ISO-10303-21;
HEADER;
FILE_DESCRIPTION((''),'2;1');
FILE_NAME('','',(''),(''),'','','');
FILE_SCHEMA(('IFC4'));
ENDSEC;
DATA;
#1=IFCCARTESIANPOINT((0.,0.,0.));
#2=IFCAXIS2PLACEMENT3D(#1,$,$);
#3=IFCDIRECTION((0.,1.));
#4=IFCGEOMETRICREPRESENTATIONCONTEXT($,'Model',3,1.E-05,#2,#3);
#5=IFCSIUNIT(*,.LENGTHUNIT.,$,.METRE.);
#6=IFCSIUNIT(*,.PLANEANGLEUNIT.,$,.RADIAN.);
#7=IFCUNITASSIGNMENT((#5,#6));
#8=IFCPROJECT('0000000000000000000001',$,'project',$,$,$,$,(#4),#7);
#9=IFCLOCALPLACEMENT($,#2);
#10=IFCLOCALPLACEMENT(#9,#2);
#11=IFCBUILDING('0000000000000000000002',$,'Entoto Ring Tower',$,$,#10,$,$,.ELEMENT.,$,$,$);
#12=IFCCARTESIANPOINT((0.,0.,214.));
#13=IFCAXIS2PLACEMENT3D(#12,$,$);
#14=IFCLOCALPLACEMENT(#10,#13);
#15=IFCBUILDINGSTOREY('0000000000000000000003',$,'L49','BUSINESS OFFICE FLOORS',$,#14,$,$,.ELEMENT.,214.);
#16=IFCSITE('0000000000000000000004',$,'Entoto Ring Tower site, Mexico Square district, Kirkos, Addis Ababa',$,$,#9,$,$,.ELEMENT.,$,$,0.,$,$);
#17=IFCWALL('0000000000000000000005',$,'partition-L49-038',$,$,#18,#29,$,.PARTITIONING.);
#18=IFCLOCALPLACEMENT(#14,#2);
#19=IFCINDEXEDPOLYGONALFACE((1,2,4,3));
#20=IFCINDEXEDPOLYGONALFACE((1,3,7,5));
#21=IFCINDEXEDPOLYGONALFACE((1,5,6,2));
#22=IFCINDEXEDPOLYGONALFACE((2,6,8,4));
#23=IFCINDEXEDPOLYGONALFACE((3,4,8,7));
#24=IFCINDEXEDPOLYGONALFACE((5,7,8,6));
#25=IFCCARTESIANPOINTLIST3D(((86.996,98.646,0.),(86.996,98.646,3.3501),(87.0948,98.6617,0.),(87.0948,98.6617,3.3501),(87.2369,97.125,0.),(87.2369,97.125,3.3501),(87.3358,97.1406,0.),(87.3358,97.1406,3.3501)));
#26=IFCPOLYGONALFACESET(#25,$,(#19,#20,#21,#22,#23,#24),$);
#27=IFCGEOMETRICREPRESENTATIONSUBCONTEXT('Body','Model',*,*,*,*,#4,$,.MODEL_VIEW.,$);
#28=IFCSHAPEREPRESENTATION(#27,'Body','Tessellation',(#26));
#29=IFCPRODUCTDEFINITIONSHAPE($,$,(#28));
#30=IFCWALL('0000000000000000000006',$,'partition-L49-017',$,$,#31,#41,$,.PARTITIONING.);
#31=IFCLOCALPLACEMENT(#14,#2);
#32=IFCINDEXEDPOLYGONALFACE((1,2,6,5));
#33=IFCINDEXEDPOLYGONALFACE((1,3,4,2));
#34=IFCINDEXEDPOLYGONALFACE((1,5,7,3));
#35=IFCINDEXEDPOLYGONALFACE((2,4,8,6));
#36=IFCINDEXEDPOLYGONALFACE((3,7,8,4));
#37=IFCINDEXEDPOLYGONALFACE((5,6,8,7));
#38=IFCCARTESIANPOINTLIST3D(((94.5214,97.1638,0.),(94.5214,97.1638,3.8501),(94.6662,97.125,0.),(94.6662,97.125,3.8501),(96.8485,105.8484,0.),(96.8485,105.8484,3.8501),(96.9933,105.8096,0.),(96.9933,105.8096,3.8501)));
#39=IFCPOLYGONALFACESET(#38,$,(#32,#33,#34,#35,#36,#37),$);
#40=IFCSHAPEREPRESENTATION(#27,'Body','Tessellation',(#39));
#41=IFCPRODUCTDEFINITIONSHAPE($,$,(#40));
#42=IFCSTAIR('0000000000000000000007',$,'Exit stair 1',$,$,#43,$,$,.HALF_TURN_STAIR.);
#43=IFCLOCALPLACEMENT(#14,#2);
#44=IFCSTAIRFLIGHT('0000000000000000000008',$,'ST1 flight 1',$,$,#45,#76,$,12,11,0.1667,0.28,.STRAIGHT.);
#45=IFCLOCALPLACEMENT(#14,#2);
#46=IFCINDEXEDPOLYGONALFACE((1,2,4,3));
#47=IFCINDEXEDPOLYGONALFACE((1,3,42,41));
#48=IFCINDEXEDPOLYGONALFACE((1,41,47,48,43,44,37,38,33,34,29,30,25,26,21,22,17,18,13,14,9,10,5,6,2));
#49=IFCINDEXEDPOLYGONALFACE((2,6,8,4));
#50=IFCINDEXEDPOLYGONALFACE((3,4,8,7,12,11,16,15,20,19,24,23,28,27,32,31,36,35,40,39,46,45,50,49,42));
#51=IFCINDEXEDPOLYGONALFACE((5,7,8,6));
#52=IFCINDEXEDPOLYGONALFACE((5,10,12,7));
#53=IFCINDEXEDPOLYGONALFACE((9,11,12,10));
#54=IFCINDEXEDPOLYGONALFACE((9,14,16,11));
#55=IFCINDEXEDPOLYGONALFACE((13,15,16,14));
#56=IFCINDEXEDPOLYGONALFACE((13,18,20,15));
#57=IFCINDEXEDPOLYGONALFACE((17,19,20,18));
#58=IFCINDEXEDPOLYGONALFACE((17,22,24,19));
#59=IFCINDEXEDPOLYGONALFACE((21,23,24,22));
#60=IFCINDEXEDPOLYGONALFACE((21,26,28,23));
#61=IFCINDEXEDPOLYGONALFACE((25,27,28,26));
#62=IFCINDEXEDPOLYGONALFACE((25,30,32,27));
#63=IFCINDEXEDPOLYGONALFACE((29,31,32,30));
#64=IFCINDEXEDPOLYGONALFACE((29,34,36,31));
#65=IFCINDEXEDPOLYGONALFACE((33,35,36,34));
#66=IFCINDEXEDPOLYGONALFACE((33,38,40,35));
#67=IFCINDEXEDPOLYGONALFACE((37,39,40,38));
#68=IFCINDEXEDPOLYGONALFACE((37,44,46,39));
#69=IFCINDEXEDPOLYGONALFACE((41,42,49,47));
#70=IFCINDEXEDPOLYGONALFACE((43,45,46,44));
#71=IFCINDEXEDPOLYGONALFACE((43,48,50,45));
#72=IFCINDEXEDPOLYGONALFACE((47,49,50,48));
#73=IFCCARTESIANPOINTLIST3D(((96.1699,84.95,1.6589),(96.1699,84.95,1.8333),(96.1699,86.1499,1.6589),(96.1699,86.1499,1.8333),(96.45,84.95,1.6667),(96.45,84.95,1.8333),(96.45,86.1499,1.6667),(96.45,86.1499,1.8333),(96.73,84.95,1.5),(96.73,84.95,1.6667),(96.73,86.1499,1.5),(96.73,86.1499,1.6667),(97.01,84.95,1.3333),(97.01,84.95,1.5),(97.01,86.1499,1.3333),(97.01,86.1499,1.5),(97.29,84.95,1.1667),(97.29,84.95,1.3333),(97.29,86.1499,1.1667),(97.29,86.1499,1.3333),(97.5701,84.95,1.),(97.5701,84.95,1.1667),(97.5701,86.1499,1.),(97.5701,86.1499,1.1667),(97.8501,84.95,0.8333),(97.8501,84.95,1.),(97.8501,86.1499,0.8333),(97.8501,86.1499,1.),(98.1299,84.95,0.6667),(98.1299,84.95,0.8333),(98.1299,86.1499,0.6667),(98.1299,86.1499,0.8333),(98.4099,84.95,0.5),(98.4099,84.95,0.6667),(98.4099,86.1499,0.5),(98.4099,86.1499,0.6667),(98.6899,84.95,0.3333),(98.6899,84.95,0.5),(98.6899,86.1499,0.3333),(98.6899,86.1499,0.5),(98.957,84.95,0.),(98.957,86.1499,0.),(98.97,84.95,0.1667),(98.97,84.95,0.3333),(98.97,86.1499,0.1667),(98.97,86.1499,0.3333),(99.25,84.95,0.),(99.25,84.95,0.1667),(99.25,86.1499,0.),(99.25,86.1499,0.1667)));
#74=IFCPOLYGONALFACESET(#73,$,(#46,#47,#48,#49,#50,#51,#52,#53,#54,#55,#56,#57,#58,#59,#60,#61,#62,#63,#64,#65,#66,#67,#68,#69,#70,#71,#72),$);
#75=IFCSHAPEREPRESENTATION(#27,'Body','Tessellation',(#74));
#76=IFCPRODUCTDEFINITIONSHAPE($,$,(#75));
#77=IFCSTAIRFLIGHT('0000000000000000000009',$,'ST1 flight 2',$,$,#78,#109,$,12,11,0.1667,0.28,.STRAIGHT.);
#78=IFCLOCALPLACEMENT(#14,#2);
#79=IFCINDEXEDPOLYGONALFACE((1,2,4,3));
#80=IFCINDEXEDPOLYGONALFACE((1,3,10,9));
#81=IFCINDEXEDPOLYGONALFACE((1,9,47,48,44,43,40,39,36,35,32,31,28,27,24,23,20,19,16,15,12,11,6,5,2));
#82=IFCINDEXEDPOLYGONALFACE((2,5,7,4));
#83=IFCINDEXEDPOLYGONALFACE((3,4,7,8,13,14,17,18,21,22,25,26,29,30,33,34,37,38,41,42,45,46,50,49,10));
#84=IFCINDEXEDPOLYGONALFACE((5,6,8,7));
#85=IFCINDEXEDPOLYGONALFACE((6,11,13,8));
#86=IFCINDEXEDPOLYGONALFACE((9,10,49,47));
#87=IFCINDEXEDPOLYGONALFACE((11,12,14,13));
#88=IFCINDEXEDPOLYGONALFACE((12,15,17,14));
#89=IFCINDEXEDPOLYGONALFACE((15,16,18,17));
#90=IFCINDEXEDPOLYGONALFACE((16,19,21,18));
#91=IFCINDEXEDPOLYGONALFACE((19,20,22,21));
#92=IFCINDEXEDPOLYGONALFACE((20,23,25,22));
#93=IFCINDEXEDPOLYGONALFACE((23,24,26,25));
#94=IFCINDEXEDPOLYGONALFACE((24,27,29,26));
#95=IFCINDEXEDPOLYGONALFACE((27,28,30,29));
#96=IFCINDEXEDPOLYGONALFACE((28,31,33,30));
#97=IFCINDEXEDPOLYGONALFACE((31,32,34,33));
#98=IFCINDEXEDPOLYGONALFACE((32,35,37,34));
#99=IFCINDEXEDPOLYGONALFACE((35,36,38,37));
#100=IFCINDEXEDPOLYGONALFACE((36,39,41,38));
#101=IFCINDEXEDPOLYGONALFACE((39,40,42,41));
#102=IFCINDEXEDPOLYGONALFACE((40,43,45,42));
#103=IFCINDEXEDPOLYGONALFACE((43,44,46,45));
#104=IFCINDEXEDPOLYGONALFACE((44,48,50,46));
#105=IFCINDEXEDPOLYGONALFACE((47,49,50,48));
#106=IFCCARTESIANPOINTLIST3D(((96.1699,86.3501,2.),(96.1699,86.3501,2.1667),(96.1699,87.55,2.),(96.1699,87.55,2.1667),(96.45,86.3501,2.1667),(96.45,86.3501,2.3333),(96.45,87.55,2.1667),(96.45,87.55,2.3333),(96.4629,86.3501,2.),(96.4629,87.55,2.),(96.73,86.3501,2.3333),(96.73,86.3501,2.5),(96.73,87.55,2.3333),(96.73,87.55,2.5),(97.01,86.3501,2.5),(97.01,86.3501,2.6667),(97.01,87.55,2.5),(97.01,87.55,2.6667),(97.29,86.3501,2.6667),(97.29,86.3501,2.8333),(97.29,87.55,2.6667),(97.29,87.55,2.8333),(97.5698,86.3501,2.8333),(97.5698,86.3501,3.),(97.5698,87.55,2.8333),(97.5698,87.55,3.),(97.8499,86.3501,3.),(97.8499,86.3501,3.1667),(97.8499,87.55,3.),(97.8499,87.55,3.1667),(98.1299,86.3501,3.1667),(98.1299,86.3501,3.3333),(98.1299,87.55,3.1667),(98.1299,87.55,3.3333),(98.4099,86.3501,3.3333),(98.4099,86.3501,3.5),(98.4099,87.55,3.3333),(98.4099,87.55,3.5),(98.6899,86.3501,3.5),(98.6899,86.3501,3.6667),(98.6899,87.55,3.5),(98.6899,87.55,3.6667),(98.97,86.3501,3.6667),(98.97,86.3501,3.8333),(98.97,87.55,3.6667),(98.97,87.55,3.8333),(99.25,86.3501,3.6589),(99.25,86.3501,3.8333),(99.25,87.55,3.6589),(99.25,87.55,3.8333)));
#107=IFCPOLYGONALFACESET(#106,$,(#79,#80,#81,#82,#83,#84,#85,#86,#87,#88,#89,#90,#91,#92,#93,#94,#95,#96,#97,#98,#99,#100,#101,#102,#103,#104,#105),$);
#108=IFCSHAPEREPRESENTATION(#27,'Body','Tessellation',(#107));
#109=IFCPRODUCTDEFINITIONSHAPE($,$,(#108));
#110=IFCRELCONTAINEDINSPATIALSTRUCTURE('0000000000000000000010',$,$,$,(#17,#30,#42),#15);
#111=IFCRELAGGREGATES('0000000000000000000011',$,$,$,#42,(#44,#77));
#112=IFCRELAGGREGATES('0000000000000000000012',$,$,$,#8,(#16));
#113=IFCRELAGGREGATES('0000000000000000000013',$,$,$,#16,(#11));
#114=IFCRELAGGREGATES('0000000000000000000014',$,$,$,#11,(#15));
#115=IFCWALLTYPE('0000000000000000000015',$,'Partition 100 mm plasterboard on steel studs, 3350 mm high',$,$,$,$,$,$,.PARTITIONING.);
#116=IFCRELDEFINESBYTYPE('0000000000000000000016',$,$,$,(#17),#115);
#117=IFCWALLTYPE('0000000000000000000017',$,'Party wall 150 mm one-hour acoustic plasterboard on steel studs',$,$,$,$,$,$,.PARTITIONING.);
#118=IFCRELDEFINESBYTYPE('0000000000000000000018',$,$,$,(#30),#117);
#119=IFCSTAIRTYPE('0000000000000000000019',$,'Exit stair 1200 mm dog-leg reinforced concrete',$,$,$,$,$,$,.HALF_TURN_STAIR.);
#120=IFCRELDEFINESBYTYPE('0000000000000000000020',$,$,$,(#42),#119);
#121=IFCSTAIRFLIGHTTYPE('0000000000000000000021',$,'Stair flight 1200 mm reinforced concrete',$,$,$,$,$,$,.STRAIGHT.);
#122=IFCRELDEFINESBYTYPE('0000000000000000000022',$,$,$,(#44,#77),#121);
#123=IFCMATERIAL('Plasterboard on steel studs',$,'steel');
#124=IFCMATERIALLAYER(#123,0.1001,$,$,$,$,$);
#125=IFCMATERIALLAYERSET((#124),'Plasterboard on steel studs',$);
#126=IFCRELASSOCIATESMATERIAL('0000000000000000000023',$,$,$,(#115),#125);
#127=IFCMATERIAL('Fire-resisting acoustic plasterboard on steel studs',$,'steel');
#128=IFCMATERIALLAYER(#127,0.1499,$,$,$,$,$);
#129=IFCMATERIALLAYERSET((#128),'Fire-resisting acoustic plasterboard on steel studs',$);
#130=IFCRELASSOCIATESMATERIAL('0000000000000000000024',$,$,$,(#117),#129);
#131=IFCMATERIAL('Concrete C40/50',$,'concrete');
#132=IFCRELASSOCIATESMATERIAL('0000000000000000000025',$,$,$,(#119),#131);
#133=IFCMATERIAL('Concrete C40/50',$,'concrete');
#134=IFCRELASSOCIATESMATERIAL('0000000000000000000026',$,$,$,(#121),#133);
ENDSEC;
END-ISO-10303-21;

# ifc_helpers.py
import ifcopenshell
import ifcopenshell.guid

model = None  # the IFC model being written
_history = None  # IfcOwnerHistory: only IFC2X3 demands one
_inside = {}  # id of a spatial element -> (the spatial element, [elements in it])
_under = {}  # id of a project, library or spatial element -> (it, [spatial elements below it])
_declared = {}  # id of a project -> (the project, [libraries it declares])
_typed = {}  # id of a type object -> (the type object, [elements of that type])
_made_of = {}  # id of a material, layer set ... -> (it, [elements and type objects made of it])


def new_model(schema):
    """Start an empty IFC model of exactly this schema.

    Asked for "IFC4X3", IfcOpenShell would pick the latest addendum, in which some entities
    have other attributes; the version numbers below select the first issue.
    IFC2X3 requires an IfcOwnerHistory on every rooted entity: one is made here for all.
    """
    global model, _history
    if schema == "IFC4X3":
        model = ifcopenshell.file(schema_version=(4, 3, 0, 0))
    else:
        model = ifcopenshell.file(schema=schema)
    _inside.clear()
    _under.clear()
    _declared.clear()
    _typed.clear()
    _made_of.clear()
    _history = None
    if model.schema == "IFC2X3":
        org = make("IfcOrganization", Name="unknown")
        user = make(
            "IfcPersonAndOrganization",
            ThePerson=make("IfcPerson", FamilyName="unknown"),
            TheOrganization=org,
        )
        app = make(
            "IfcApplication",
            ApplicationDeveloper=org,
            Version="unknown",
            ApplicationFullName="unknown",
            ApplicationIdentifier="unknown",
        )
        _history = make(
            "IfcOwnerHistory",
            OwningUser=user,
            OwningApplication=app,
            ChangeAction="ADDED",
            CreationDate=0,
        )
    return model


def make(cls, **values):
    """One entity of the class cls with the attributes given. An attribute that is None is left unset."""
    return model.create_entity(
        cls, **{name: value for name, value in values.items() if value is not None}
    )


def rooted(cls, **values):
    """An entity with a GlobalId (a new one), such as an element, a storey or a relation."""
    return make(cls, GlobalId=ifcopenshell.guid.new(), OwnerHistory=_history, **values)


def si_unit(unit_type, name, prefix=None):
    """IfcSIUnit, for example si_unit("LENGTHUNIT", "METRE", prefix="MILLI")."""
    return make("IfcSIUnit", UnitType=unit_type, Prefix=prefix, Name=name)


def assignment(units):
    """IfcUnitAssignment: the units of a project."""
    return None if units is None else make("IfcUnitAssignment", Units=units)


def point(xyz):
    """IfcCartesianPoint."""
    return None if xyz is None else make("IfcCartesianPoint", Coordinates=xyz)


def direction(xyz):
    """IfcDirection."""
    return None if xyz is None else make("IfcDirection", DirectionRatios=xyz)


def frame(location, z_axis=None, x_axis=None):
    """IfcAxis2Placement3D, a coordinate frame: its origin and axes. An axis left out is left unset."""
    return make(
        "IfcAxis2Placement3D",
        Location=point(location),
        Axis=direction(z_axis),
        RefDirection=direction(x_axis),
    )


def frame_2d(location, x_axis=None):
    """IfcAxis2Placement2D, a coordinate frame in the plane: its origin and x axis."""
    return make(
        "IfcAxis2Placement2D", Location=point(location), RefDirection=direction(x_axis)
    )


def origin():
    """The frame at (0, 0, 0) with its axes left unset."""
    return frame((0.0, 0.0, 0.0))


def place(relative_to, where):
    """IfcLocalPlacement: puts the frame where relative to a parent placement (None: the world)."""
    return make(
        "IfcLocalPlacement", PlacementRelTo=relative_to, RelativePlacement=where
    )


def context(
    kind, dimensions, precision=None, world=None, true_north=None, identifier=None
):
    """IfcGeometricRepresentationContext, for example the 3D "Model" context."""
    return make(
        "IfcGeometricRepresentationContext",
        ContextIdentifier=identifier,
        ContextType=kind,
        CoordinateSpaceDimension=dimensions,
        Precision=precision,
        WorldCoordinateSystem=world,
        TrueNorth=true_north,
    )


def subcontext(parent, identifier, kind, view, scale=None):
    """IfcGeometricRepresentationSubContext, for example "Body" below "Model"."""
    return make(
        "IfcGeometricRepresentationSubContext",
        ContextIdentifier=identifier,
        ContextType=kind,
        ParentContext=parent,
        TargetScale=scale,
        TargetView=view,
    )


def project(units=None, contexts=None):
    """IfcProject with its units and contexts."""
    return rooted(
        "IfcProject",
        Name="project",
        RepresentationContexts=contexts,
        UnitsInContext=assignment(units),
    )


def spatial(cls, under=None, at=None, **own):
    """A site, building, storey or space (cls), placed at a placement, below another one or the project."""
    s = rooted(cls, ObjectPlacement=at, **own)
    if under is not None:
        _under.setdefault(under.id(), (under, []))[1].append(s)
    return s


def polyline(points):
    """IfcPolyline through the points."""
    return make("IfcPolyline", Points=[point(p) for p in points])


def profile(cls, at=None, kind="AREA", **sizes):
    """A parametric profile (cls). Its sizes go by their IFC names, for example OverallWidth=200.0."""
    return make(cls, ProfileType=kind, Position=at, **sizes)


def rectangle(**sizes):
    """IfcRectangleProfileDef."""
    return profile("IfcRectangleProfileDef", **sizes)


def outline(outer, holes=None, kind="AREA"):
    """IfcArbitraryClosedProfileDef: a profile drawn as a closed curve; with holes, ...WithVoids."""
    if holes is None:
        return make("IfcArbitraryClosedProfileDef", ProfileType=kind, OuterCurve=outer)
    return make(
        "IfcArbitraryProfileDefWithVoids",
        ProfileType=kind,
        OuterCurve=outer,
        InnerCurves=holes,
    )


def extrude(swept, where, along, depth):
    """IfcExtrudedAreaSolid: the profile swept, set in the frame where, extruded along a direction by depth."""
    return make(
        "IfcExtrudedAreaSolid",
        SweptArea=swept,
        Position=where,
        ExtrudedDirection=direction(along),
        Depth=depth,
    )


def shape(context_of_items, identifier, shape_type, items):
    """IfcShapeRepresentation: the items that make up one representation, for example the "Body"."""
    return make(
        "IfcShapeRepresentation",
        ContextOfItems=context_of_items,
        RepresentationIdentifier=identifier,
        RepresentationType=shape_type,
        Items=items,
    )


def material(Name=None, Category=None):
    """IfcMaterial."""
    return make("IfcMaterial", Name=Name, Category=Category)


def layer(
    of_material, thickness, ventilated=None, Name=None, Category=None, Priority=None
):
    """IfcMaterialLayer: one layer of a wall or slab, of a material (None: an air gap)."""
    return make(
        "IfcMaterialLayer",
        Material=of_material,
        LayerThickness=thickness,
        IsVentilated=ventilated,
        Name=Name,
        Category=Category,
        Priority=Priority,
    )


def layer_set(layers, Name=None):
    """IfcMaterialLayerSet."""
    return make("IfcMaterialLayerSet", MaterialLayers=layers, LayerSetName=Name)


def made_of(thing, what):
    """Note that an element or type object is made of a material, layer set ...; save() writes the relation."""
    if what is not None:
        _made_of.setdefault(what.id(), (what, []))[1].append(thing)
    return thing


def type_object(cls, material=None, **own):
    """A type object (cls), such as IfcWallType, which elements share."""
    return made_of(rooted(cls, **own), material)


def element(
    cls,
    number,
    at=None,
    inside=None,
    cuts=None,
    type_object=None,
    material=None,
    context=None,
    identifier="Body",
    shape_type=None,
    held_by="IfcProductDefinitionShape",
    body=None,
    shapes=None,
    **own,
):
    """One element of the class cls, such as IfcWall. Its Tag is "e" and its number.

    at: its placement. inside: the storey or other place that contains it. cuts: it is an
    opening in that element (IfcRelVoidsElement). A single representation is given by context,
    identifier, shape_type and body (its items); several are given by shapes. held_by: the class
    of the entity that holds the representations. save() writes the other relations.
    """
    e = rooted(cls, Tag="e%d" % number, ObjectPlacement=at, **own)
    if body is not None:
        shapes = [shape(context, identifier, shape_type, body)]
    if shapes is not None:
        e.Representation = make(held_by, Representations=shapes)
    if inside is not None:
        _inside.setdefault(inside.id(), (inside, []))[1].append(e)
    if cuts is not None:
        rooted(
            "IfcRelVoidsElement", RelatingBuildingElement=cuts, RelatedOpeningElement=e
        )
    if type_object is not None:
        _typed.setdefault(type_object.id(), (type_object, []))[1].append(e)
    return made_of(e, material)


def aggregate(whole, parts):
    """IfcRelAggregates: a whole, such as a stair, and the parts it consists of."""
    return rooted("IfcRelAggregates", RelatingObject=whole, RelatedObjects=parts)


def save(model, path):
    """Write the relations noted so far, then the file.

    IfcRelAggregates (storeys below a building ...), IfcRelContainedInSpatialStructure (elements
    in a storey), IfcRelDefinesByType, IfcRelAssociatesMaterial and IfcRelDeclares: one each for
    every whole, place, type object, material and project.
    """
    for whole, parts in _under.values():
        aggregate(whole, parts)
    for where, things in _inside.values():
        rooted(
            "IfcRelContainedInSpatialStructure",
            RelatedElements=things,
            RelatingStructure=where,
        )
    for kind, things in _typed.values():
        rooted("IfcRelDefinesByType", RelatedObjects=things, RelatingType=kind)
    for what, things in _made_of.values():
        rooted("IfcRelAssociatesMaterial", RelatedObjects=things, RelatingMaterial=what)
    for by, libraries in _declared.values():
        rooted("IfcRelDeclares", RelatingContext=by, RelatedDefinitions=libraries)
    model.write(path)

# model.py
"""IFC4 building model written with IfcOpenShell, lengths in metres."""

from ifc_helpers import new_model, si_unit, direction, frame, frame_2d, origin, place, context, subcontext, project, spatial, polyline, rectangle, outline, extrude, material, layer, layer_set, type_object, element, aggregate, save


model = new_model("IFC4")

# Units and contexts
model_context = context("Model", 3, precision=1e-05, world=origin(), true_north=direction((0.0, 1.0)))
body_context = subcontext(model_context, "Body", "Model", "MODEL_VIEW")
ifc_project = project(units=[si_unit("LENGTHUNIT", "METRE"), si_unit("PLANEANGLEUNIT", "RADIAN")], contexts=[model_context])

# Site, building, storey
site_placement = place(None, origin())
site = spatial("IfcSite", under=ifc_project, at=site_placement, Name="Entoto Ring Tower site, Mexico Square district, Kirkos, Addis Ababa", CompositionType="ELEMENT", RefElevation=0.0)
building_placement = place(site_placement, origin())
building = spatial("IfcBuilding", under=site, at=building_placement, Name="Entoto Ring Tower", CompositionType="ELEMENT")
storey_placement = place(building_placement, frame((0.0, 0.0, 214.0)))
storey = spatial("IfcBuildingStorey", under=building, at=storey_placement, Name="L49", Description="BUSINESS OFFICE FLOORS", CompositionType="ELEMENT", Elevation=214.0)

# Walls
ifc_material_1 = material(Name="Plasterboard on steel studs", Category="steel")
ifc_layer_1 = layer(ifc_material_1, 0.1001)
ifc_layer_set_1 = layer_set([ifc_layer_1], Name="Plasterboard on steel studs")
wall_type_1 = type_object("IfcWallType", Name="Partition 100 mm plasterboard on steel studs, 3350 mm high", PredefinedType="PARTITIONING", material=ifc_layer_set_1)
wall_1_placement = place(storey_placement, frame((87.2864, 97.1328, 0.0), z_axis=(0.0, 0.0, 1.0), x_axis=(-0.156475, 0.987682, 0.0)))
element("IfcWall", 1, at=wall_1_placement, inside=storey, type_object=wall_type_1, Name="partition-L49-038", PredefinedType="PARTITIONING", context=body_context, shape_type="SweptSolid", body=[
    extrude(rectangle(XDim=1.54, YDim=0.1001, at=frame_2d((0.77, 0.0))), origin(), (0.0, 0.0, 1.0), 3.3501),
])
ifc_material_2 = material(Name="Fire-resisting acoustic plasterboard on steel studs", Category="steel")
ifc_layer_2 = layer(ifc_material_2, 0.1499)
ifc_layer_set_2 = layer_set([ifc_layer_2], Name="Fire-resisting acoustic plasterboard on steel studs")
wall_type_2 = type_object("IfcWallType", Name="Party wall 150 mm one-hour acoustic plasterboard on steel studs", PredefinedType="PARTITIONING", material=ifc_layer_set_2)
wall_2_placement = place(storey_placement, frame((94.5938, 97.1443, 0.0), z_axis=(0.0, 0.0, 1.0), x_axis=(0.258832, 0.965922, 0.0)))
element("IfcWall", 2, at=wall_2_placement, inside=storey, type_object=wall_type_2, Name="partition-L49-017", PredefinedType="PARTITIONING", context=body_context, shape_type="SweptSolid", body=[
    extrude(rectangle(XDim=8.991, YDim=0.1499, at=frame_2d((4.4956, 0.0))), origin(), (0.0, 0.0, 1.0), 3.8501),
])

# Stair, stair flights
ifc_material_3 = material(Name="Concrete C40/50", Category="concrete")
stair_type = type_object("IfcStairType", Name="Exit stair 1200 mm dog-leg reinforced concrete", PredefinedType="HALF_TURN_STAIR", material=ifc_material_3)
stair_placement = place(storey_placement, origin())
stair = element("IfcStair", 3, at=stair_placement, inside=storey, type_object=stair_type, Name="Exit stair 1", PredefinedType="HALF_TURN_STAIR")
ifc_material_4 = material(Name="Concrete C40/50", Category="concrete")
stair_flight_type = type_object("IfcStairFlightType", Name="Stair flight 1200 mm reinforced concrete", PredefinedType="STRAIGHT", material=ifc_material_4)
stair_flight_1_placement = place(storey_placement, frame((99.25, 85.55, 0.0), z_axis=(0.0, 0.0, 1.0), x_axis=(-1.0, 0.0, 0.0)))
stair_flight_1 = element("IfcStairFlight", 4, at=stair_flight_1_placement, type_object=stair_flight_type, Name="ST1 flight 1", NumberOfRisers=12, NumberOfTreads=11, PredefinedType="STRAIGHT", RiserHeight=0.1667, TreadLength=0.28, context=body_context, shape_type="SweptSolid", body=[
    extrude(outline(polyline([(0.0, 0.0), (0.0, 0.1667), (0.28, 0.1667), (0.28, 0.3333), (0.5601, 0.3333), (0.5601, 0.5), (0.8401, 0.5), (0.8401, 0.6667), (1.1201, 0.6667), (1.1201, 0.8333), (1.3999, 0.8333), (1.3999, 1.0), (1.6799, 1.0), (1.6799, 1.1667), (1.96, 1.1667), (1.96, 1.3333), (2.24, 1.3333), (2.24, 1.5), (2.52, 1.5), (2.52, 1.6667), (2.8, 1.6667), (2.8, 1.8333), (3.0801, 1.8333), (3.0801, 2.0), (3.0801, 1.6589), (0.293, 0.0), (0.0, 0.0)])), frame((0.0, 0.6001, 0.0), z_axis=(0.0, -1.0, 0.0), x_axis=(1.0, 0.0, 0.0)), (0.0, 0.0, 1.0), 1.2),
])
stair_flight_2_placement = place(storey_placement, frame((96.1699, 86.95, 2.0), z_axis=(0.0, 0.0, 1.0), x_axis=(1.0, 0.0, 0.0)))
stair_flight_2 = element("IfcStairFlight", 5, at=stair_flight_2_placement, type_object=stair_flight_type, Name="ST1 flight 2", NumberOfRisers=12, NumberOfTreads=11, PredefinedType="STRAIGHT", RiserHeight=0.1667, TreadLength=0.28, context=body_context, shape_type="SweptSolid", body=[
    extrude(outline(polyline([(0.0, 0.0), (0.0, 0.1667), (0.28, 0.1667), (0.28, 0.3333), (0.5601, 0.3333), (0.5601, 0.5), (0.8401, 0.5), (0.8401, 0.6667), (1.1201, 0.6667), (1.1201, 0.8333), (1.3999, 0.8333), (1.3999, 1.0), (1.6799, 1.0), (1.6799, 1.1667), (1.96, 1.1667), (1.96, 1.3333), (2.24, 1.3333), (2.24, 1.5), (2.52, 1.5), (2.52, 1.6667), (2.8, 1.6667), (2.8, 1.8333), (3.0801, 1.8333), (3.0801, 2.0), (3.0801, 1.6589), (0.293, 0.0), (0.0, 0.0)])), frame((0.0, 0.6001, 0.0), z_axis=(0.0, -1.0, 0.0), x_axis=(1.0, 0.0, 0.0)), (0.0, 0.0, 1.0), 1.2),
])
aggregate(stair, [stair_flight_1, stair_flight_2])

save(model, "model.ifc")
